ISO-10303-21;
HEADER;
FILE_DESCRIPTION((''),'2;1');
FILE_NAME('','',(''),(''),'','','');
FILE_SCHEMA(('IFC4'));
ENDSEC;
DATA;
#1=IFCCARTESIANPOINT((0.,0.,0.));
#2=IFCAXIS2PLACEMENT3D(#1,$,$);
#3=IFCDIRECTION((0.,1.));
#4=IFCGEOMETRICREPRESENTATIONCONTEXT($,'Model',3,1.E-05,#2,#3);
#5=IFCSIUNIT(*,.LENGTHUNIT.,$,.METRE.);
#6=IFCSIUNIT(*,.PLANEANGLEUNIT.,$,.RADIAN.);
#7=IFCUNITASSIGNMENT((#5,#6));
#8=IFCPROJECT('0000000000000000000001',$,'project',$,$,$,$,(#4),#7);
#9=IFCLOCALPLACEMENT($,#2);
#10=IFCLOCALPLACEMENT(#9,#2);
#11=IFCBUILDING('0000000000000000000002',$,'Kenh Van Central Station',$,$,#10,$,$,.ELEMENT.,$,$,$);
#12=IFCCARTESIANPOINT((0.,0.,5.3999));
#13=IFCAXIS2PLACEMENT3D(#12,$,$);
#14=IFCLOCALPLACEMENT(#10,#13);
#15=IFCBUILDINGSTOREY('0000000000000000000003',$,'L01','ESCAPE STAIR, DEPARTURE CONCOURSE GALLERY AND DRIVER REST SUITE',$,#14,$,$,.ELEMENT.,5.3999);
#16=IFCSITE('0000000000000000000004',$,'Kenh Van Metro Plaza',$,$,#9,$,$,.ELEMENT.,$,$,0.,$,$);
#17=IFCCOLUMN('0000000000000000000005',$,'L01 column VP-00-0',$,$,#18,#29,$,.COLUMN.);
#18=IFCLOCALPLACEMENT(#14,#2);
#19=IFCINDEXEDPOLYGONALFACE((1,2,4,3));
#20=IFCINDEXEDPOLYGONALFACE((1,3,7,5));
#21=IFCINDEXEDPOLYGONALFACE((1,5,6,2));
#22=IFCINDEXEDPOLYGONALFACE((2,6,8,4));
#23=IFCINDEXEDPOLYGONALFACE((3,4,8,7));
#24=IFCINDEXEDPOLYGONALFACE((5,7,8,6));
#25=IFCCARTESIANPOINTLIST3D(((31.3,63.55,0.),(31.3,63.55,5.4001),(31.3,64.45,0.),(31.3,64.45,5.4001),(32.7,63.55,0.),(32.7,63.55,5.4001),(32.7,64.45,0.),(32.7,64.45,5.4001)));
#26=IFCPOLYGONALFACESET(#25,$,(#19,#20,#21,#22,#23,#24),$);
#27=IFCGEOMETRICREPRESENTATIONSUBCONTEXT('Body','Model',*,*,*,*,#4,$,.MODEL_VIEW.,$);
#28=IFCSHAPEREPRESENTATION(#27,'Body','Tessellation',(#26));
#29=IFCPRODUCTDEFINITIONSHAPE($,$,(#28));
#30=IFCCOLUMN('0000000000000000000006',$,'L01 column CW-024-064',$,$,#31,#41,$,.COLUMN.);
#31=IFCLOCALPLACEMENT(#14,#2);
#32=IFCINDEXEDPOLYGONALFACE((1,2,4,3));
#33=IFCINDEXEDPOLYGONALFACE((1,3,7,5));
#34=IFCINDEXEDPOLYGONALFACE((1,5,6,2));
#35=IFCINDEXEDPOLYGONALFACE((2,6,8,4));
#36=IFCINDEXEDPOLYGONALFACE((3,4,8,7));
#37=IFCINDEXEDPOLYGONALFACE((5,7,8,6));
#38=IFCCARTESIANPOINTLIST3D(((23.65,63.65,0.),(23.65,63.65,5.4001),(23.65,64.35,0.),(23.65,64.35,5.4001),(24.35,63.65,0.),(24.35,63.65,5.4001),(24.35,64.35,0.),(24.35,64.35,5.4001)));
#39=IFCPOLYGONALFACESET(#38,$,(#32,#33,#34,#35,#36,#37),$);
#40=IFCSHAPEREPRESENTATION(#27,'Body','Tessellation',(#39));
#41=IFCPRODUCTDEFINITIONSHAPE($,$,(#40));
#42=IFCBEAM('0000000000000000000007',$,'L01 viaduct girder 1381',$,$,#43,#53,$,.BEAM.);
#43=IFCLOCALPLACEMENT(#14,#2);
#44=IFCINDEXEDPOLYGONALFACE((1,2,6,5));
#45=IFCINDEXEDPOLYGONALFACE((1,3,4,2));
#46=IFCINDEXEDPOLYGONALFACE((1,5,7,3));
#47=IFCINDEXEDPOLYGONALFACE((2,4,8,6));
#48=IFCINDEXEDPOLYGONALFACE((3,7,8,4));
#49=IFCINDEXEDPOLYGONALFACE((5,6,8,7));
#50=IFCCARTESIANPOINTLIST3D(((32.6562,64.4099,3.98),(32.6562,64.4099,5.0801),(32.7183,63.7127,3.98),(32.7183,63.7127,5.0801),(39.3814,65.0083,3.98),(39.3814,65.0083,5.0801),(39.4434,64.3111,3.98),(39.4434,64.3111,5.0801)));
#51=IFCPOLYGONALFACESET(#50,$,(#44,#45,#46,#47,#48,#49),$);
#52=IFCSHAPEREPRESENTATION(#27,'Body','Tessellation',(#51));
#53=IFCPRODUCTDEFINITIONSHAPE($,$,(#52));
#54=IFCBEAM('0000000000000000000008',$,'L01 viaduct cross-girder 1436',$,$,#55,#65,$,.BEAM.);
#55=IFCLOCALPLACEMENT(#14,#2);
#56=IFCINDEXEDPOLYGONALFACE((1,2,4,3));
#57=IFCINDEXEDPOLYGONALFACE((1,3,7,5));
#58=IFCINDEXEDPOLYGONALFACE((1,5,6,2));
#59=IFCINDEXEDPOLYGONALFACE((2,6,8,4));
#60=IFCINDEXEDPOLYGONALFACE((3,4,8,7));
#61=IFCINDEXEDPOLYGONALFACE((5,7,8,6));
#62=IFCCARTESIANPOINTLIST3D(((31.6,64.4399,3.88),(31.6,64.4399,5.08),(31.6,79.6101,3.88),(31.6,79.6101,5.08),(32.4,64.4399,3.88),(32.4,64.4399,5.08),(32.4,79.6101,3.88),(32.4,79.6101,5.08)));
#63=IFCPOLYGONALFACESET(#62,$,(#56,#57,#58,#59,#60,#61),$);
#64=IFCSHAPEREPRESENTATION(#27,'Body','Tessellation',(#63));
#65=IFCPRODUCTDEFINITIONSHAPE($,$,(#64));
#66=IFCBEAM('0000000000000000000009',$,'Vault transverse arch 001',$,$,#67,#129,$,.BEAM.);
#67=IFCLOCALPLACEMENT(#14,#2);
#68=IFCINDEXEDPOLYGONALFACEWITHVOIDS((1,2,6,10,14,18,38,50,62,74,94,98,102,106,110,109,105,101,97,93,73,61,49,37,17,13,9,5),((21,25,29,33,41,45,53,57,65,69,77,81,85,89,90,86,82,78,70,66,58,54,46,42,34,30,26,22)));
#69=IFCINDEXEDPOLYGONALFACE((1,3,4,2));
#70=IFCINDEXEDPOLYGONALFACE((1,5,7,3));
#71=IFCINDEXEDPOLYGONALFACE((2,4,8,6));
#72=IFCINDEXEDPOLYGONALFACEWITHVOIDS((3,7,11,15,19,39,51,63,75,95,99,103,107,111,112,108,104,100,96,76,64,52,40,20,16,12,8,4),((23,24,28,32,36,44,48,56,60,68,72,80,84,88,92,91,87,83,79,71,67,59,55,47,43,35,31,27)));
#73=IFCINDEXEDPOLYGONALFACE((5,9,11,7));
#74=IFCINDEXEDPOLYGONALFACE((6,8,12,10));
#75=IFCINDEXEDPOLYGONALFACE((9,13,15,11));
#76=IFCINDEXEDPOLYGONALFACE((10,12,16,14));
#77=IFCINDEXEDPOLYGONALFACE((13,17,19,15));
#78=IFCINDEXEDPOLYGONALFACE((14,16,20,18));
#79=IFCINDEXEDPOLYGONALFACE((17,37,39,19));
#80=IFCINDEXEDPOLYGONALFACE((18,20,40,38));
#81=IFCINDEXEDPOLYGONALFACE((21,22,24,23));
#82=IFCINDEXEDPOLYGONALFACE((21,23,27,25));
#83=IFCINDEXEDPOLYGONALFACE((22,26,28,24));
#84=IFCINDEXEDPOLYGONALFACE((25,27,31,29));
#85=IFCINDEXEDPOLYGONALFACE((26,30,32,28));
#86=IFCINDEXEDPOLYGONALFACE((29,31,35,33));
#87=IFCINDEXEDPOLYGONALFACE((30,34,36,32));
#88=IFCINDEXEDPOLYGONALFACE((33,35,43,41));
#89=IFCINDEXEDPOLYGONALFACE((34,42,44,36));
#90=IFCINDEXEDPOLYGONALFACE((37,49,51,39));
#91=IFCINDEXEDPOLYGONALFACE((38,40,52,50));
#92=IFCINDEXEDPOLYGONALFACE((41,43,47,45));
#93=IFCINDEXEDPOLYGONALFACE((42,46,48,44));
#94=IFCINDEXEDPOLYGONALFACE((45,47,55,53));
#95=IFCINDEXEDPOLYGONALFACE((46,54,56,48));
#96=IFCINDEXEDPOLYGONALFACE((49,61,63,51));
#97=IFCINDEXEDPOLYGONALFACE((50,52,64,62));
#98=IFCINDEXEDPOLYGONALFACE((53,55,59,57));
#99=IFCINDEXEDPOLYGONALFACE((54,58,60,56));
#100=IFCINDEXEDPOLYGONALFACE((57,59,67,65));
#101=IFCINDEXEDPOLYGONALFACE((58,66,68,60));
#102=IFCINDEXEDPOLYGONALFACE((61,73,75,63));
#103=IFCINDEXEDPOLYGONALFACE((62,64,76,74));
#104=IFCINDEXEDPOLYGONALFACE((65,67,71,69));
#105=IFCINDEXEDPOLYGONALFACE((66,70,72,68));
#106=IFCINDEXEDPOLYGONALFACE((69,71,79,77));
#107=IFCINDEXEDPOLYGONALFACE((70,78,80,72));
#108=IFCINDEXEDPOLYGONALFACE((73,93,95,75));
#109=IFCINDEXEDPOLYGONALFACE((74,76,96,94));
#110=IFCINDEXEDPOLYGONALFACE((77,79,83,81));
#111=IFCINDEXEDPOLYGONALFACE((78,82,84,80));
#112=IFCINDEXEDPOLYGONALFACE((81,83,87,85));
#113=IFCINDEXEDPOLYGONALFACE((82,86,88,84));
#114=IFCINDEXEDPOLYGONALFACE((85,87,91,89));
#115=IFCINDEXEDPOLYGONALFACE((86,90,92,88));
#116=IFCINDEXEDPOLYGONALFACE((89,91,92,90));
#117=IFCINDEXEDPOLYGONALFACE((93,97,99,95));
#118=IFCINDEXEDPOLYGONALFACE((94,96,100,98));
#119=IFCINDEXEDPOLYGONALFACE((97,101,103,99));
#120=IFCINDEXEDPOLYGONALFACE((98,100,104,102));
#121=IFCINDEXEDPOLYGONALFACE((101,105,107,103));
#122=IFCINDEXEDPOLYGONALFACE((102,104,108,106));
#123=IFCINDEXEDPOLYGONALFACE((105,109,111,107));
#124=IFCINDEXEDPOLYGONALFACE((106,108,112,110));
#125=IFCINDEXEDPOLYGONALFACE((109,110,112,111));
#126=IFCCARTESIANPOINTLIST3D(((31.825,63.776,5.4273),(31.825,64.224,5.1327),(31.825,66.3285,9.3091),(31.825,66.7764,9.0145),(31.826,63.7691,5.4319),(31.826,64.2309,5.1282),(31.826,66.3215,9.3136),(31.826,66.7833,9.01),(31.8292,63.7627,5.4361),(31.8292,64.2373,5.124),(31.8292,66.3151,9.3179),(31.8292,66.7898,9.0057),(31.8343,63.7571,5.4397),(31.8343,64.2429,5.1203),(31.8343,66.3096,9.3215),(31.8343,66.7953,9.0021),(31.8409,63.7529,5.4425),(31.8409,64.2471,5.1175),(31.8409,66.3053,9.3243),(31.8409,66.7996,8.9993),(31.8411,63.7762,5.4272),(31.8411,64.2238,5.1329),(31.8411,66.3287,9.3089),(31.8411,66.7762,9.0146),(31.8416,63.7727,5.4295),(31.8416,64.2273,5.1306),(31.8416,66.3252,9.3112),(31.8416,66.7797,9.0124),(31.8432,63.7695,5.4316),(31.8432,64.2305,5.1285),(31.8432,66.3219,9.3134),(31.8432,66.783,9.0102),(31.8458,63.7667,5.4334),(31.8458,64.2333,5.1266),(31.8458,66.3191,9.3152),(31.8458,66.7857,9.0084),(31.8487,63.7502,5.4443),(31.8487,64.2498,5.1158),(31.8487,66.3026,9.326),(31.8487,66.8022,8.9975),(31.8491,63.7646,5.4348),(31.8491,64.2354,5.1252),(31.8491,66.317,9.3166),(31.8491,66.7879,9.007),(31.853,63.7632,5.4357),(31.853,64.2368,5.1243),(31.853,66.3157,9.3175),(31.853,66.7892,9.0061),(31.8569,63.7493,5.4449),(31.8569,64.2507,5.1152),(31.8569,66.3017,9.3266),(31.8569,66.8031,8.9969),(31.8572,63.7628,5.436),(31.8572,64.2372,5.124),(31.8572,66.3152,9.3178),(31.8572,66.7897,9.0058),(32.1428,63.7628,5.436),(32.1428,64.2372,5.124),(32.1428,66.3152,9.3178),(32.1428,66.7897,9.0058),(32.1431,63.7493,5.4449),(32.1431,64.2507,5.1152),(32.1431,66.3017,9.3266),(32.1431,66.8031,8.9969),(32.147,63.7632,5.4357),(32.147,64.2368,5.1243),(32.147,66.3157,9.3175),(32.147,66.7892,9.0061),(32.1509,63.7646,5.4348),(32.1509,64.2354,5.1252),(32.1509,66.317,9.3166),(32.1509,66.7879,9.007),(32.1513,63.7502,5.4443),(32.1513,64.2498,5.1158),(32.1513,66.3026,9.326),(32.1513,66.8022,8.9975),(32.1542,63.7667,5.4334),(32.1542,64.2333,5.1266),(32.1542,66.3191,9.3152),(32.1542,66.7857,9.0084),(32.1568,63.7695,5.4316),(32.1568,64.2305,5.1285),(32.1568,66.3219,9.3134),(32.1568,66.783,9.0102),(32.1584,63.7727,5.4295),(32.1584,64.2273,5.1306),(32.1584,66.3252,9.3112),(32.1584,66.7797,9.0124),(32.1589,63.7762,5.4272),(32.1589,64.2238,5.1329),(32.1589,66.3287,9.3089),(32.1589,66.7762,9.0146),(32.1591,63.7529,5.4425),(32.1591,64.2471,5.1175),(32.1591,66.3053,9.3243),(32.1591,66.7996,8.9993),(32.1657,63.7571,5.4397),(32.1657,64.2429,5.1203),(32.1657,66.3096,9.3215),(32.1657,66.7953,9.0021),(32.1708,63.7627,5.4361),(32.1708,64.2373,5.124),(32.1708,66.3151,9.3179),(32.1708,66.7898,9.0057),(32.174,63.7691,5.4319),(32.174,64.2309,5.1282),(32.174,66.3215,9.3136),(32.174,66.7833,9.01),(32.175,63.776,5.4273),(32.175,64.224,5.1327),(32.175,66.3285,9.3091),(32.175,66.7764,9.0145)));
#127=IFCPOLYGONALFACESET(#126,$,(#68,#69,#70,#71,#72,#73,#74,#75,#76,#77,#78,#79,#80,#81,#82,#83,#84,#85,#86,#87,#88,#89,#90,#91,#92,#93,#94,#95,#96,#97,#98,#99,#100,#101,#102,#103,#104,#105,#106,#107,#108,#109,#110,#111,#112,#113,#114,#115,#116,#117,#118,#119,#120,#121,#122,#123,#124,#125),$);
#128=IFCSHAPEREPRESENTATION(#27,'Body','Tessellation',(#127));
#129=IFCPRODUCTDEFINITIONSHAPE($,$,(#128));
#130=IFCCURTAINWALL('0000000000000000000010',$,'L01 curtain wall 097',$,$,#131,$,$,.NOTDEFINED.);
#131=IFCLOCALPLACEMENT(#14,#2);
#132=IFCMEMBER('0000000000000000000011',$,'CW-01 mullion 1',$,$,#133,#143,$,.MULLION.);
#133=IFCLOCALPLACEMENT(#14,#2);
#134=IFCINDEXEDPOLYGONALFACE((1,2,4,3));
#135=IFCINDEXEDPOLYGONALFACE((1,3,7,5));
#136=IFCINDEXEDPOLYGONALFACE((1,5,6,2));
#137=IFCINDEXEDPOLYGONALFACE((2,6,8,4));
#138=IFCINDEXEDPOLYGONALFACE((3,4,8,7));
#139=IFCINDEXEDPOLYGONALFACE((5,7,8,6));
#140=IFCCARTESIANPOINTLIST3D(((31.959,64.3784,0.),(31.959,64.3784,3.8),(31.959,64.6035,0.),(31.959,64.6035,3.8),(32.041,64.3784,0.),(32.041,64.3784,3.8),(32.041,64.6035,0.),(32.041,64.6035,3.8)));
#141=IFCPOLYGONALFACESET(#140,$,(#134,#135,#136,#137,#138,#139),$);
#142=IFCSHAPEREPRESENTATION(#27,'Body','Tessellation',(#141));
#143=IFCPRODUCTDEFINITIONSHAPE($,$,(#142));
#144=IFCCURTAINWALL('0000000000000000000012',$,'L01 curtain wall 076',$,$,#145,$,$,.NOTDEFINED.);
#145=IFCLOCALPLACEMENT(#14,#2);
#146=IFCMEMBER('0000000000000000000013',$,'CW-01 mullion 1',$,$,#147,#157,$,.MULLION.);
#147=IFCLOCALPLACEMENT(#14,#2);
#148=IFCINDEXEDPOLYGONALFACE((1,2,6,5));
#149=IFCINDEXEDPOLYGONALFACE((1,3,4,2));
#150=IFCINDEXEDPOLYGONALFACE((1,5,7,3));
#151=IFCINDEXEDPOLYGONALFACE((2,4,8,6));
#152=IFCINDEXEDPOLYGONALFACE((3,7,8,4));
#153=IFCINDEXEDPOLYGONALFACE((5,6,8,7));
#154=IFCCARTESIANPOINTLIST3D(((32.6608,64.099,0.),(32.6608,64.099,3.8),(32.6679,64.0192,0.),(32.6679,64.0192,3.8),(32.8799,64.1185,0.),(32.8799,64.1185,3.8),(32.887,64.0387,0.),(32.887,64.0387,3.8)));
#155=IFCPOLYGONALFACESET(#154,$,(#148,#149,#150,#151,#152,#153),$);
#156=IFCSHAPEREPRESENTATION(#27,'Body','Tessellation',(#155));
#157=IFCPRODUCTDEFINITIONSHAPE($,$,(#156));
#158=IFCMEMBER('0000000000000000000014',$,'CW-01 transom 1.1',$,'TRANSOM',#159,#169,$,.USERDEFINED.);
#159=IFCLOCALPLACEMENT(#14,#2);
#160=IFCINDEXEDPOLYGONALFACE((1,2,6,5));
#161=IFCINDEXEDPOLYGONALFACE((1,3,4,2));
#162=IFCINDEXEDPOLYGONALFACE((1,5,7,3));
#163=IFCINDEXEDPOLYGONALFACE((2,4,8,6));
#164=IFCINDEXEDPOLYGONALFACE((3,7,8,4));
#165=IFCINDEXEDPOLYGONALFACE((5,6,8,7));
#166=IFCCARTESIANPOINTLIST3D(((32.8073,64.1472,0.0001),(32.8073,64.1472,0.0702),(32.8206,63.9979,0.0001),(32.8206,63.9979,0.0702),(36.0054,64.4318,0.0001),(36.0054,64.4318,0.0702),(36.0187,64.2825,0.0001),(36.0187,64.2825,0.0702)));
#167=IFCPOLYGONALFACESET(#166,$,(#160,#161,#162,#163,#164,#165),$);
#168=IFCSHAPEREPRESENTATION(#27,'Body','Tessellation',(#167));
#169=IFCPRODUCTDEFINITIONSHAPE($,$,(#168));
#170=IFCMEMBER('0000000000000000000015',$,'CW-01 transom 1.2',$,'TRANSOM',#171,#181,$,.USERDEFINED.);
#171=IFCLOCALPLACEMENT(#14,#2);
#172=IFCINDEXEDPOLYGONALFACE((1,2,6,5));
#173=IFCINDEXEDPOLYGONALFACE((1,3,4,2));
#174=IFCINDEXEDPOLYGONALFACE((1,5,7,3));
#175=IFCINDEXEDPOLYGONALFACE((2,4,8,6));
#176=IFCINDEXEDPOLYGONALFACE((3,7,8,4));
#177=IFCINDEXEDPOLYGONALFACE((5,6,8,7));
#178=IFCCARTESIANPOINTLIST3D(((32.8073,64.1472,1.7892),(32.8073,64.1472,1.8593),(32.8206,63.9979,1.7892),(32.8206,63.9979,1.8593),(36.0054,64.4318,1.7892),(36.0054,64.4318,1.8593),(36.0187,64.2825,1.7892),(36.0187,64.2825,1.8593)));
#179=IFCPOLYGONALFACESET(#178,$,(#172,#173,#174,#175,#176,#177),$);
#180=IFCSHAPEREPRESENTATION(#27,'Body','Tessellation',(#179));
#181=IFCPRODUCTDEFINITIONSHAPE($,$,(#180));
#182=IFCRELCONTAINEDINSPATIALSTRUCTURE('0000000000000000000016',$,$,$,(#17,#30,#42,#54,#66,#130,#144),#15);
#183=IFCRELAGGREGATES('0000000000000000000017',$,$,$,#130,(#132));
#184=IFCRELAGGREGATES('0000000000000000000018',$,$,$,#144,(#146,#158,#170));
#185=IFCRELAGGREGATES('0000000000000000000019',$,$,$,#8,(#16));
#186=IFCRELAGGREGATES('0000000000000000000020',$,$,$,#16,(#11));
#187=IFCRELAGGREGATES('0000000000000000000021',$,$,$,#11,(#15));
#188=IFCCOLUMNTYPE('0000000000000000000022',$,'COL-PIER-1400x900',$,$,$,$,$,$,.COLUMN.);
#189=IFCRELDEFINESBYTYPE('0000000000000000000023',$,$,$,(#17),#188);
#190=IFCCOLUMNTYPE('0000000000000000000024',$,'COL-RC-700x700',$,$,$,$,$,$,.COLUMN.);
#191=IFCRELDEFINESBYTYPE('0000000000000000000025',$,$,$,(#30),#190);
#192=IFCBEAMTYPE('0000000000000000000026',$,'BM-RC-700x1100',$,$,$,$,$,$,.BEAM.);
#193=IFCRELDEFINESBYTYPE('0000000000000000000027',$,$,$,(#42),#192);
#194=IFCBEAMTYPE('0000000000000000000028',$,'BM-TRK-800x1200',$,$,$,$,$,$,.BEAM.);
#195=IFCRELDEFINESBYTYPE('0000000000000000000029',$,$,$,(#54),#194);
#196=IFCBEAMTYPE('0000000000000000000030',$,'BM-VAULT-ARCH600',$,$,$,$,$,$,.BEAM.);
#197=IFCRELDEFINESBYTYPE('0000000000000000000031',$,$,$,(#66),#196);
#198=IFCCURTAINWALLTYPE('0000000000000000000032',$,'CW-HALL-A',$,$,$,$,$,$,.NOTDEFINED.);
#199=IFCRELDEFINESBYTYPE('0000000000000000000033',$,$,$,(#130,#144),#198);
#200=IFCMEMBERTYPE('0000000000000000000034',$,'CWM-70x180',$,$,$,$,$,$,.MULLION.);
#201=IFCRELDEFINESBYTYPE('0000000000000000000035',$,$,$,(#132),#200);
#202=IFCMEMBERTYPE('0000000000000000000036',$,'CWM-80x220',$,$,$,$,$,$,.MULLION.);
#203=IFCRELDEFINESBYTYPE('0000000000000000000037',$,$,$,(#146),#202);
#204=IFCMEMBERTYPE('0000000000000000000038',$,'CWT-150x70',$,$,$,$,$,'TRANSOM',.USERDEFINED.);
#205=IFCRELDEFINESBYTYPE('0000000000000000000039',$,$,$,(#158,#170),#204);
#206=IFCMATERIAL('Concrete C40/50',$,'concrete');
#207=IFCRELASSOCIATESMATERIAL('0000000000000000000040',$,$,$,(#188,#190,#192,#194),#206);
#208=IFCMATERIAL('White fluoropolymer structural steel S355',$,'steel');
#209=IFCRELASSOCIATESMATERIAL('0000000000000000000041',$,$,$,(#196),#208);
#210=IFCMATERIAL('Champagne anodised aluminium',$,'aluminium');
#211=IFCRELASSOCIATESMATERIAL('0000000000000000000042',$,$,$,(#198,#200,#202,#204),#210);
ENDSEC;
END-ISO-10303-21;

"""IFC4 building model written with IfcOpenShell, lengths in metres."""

from ifc_helpers import new_model, si_unit, direction, frame, origin, origin_2d, place, context, subcontext, project, spatial, rectangle, hollow_rectangle, extrude, material, material_profile, profile_set, type_object, element, aggregate, save


model = new_model("IFC4")

# Units and contexts
model_context = context("Model", 3, precision=1e-05, world=origin(), true_north=direction((0.0, 1.0)))
body_context = subcontext(model_context, "Body", "Model", "MODEL_VIEW")
ifc_project = project(units=[si_unit("LENGTHUNIT", "METRE"), si_unit("PLANEANGLEUNIT", "RADIAN")], contexts=[model_context])

# Site, building, storey
site_placement = place(None, origin())
site = spatial("IfcSite", under=ifc_project, at=site_placement, Name="Kenh Van Metro Plaza", CompositionType="ELEMENT", RefElevation=0.0)
building_placement = place(site_placement, origin())
building = spatial("IfcBuilding", under=site, at=building_placement, Name="Kenh Van Central Station", CompositionType="ELEMENT")
storey_placement = place(building_placement, frame((0.0, 0.0, 5.3999)))
storey = spatial("IfcBuildingStorey", under=building, at=storey_placement, Name="L01", Description="ESCAPE STAIR, DEPARTURE CONCOURSE GALLERY AND DRIVER REST SUITE", CompositionType="ELEMENT", Elevation=5.3999)

# Columns
ifc_material_1 = material(Name="Concrete C40/50", Category="concrete")
ifc_material_profile_1 = material_profile(ifc_material_1, rectangle(XDim=1.3999, YDim=0.8999, at=origin_2d()), Name="RC 1400x900")
ifc_profile_set_1 = profile_set([ifc_material_profile_1], Name="Concrete C40/50")
column_type_1 = type_object("IfcColumnType", Name="COL-PIER-1400x900", PredefinedType="COLUMN", material=ifc_profile_set_1)
column_1_placement = place(storey_placement, frame((32.0, 64.0, 0.0), z_axis=(0.0, 0.0, 1.0), x_axis=(1.0, 0.0, 0.0)))
element("IfcColumn", 1, at=column_1_placement, inside=storey, type_object=column_type_1, Name="L01 column VP-00-0", PredefinedType="COLUMN", context=body_context, shape_type="SweptSolid", body=[
    extrude(rectangle(XDim=1.3999, YDim=0.8999, at=origin_2d()), origin(), (0.0, 0.0, 1.0), 5.4001),
])
ifc_material_profile_2 = material_profile(ifc_material_1, rectangle(XDim=0.7, YDim=0.7, at=origin_2d()), Name="RC 700x700")
ifc_profile_set_2 = profile_set([ifc_material_profile_2], Name="Concrete C40/50")
column_type_2 = type_object("IfcColumnType", Name="COL-RC-700x700", PredefinedType="COLUMN", material=ifc_profile_set_2)
column_2_placement = place(storey_placement, frame((24.0, 64.0, 0.0), z_axis=(0.0, 0.0, 1.0), x_axis=(1.0, 0.0, 0.0)))
element("IfcColumn", 2, at=column_2_placement, inside=storey, type_object=column_type_2, Name="L01 column CW-024-064", PredefinedType="COLUMN", context=body_context, shape_type="SweptSolid", body=[
    extrude(rectangle(XDim=0.7, YDim=0.7, at=origin_2d()), origin(), (0.0, 0.0, 1.0), 5.4001),
])

# Beams
ifc_material_profile_3 = material_profile(ifc_material_1, rectangle(XDim=0.7, YDim=1.1001, at=origin_2d()), Name="RC 700x1100")
ifc_profile_set_3 = profile_set([ifc_material_profile_3], Name="Concrete C40/50")
beam_type_1 = type_object("IfcBeamType", Name="BM-RC-700x1100", PredefinedType="BEAM", material=ifc_profile_set_3)
beam_1_placement = place(storey_placement, frame((32.6873, 64.0613, 4.53), z_axis=(0.996065, 0.088628, 0.0), x_axis=(-0.088628, 0.996065, 0.0)))
element("IfcBeam", 3, at=beam_1_placement, inside=storey, type_object=beam_type_1, Name="L01 viaduct girder 1381", PredefinedType="BEAM", context=body_context, shape_type="SweptSolid", body=[
    extrude(rectangle(XDim=0.7, YDim=1.1001, at=origin_2d()), origin(), (0.0, 0.0, 1.0), 6.7517),
])
ifc_material_profile_4 = material_profile(ifc_material_1, rectangle(XDim=0.8, YDim=1.2, at=origin_2d()), Name="RC 800x1200")
ifc_profile_set_4 = profile_set([ifc_material_profile_4], Name="Concrete C40/50")
beam_type_2 = type_object("IfcBeamType", Name="BM-TRK-800x1200", PredefinedType="BEAM", material=ifc_profile_set_4)
beam_2_placement = place(storey_placement, frame((32.0, 64.4399, 4.48), z_axis=(0.0, 1.0, 0.0), x_axis=(-1.0, 0.0, 0.0)))
element("IfcBeam", 4, at=beam_2_placement, inside=storey, type_object=beam_type_2, Name="L01 viaduct cross-girder 1436", PredefinedType="BEAM", context=body_context, shape_type="SweptSolid", body=[
    extrude(rectangle(XDim=0.8, YDim=1.2, at=origin_2d()), origin(), (0.0, 0.0, 1.0), 15.1702),
])
ifc_material_2 = material(Name="White fluoropolymer structural steel S355", Category="steel")
ifc_material_profile_5 = material_profile(ifc_material_2, hollow_rectangle(XDim=0.3501, YDim=0.6001, WallThickness=0.0161, InnerFilletRadius=0.0161, OuterFilletRadius=0.032, at=origin_2d()), Name="RHS 600x350x16")
ifc_profile_set_5 = profile_set([ifc_material_profile_5], Name="White fluoropolymer structural steel S355")
beam_type_3 = type_object("IfcBeamType", Name="BM-VAULT-ARCH600", PredefinedType="BEAM", material=ifc_profile_set_5)
beam_3_placement = place(storey_placement, frame((32.0, 64.0, 5.28), z_axis=(0.0, 0.549414, 0.83555), x_axis=(-1.0, 0.0, 0.0)))
element("IfcBeam", 5, at=beam_3_placement, inside=storey, type_object=beam_type_3, Name="Vault transverse arch 001", PredefinedType="BEAM", context=body_context, shape_type="SweptSolid", body=[
    extrude(hollow_rectangle(XDim=0.3501, YDim=0.6001, WallThickness=0.0161, InnerFilletRadius=0.0161, OuterFilletRadius=0.032, at=origin_2d()), origin(), (0.0, 0.0, 1.0), 4.6458),
])

# Curtain wall, member
ifc_material_3 = material(Name="Champagne anodised aluminium", Category="aluminium")
curtain_wall_type = type_object("IfcCurtainWallType", Name="CW-HALL-A", PredefinedType="NOTDEFINED", material=ifc_material_3)
curtain_wall_1_placement = place(storey_placement, origin())
curtain_wall_1 = element("IfcCurtainWall", 6, at=curtain_wall_1_placement, inside=storey, type_object=curtain_wall_type, Name="L01 curtain wall 097", PredefinedType="NOTDEFINED")
ifc_material_profile_6 = material_profile(ifc_material_3, rectangle(XDim=0.082, YDim=0.2251, at=origin_2d()), Name="AL 82x225")
ifc_profile_set_6 = profile_set([ifc_material_profile_6], Name="Champagne anodised aluminium")
member_type_1 = type_object("IfcMemberType", Name="CWM-70x180", PredefinedType="MULLION", material=ifc_profile_set_6)
member_1_placement = place(storey_placement, frame((32.0, 64.491, 0.0), z_axis=(0.0, 0.0, 1.0), x_axis=(-1.0, 0.0, 0.0)))
member_1 = element("IfcMember", 7, at=member_1_placement, type_object=member_type_1, Name="CW-01 mullion 1", PredefinedType="MULLION", context=body_context, shape_type="SweptSolid", body=[
    extrude(rectangle(XDim=0.082, YDim=0.2251, at=origin_2d()), origin(), (0.0, 0.0, 1.0), 3.8),
])

# Curtain wall, members
curtain_wall_2_placement = place(storey_placement, origin())
curtain_wall_2 = element("IfcCurtainWall", 8, at=curtain_wall_2_placement, inside=storey, type_object=curtain_wall_type, Name="L01 curtain wall 076", PredefinedType="NOTDEFINED")
ifc_material_profile_7 = material_profile(ifc_material_3, rectangle(XDim=0.0801, YDim=0.22, at=origin_2d()), Name="AL 80x220")
ifc_profile_set_7 = profile_set([ifc_material_profile_7], Name="Champagne anodised aluminium")
member_type_2 = type_object("IfcMemberType", Name="CWM-80x220", PredefinedType="MULLION", material=ifc_profile_set_7)
member_2_placement = place(storey_placement, frame((32.7739, 64.0688, 0.0), z_axis=(0.0, 0.0, 1.0), x_axis=(-0.08866, 0.996062, 0.0)))
member_2 = element("IfcMember", 9, at=member_2_placement, type_object=member_type_2, Name="CW-01 mullion 1", PredefinedType="MULLION", context=body_context, shape_type="SweptSolid", body=[
    extrude(rectangle(XDim=0.0801, YDim=0.22, at=origin_2d()), origin(), (0.0, 0.0, 1.0), 3.8),
])
ifc_material_profile_8 = material_profile(ifc_material_3, rectangle(XDim=0.1499, YDim=0.0701, at=origin_2d()), Name="AL 150x70")
ifc_profile_set_8 = profile_set([ifc_material_profile_8], Name="Champagne anodised aluminium")
member_type_3 = type_object("IfcMemberType", Name="CWT-150x70", ElementType="TRANSOM", PredefinedType="USERDEFINED", material=ifc_profile_set_8)
member_3_placement = place(storey_placement, frame((32.814, 64.0725, 0.0352), z_axis=(0.996062, 0.088664, 0.0), x_axis=(-0.088664, 0.996062, 0.0)))
member_3 = element("IfcMember", 10, at=member_3_placement, type_object=member_type_3, Name="CW-01 transom 1.1", ObjectType="TRANSOM", PredefinedType="USERDEFINED", context=body_context, shape_type="SweptSolid", body=[
    extrude(rectangle(XDim=0.1499, YDim=0.0701, at=origin_2d()), origin(), (0.0, 0.0, 1.0), 3.2107),
])
member_4_placement = place(storey_placement, frame((32.814, 64.0725, 1.8242), z_axis=(0.996062, 0.088664, 0.0), x_axis=(-0.088664, 0.996062, 0.0)))
member_4 = element("IfcMember", 11, at=member_4_placement, type_object=member_type_3, Name="CW-01 transom 1.2", ObjectType="TRANSOM", PredefinedType="USERDEFINED", context=body_context, shape_type="SweptSolid", body=[
    extrude(rectangle(XDim=0.1499, YDim=0.0701, at=origin_2d()), origin(), (0.0, 0.0, 1.0), 3.2107),
])

aggregate(curtain_wall_1, [member_1])

aggregate(curtain_wall_2, [member_2, member_3, member_4])

save(model, "model.ifc")
